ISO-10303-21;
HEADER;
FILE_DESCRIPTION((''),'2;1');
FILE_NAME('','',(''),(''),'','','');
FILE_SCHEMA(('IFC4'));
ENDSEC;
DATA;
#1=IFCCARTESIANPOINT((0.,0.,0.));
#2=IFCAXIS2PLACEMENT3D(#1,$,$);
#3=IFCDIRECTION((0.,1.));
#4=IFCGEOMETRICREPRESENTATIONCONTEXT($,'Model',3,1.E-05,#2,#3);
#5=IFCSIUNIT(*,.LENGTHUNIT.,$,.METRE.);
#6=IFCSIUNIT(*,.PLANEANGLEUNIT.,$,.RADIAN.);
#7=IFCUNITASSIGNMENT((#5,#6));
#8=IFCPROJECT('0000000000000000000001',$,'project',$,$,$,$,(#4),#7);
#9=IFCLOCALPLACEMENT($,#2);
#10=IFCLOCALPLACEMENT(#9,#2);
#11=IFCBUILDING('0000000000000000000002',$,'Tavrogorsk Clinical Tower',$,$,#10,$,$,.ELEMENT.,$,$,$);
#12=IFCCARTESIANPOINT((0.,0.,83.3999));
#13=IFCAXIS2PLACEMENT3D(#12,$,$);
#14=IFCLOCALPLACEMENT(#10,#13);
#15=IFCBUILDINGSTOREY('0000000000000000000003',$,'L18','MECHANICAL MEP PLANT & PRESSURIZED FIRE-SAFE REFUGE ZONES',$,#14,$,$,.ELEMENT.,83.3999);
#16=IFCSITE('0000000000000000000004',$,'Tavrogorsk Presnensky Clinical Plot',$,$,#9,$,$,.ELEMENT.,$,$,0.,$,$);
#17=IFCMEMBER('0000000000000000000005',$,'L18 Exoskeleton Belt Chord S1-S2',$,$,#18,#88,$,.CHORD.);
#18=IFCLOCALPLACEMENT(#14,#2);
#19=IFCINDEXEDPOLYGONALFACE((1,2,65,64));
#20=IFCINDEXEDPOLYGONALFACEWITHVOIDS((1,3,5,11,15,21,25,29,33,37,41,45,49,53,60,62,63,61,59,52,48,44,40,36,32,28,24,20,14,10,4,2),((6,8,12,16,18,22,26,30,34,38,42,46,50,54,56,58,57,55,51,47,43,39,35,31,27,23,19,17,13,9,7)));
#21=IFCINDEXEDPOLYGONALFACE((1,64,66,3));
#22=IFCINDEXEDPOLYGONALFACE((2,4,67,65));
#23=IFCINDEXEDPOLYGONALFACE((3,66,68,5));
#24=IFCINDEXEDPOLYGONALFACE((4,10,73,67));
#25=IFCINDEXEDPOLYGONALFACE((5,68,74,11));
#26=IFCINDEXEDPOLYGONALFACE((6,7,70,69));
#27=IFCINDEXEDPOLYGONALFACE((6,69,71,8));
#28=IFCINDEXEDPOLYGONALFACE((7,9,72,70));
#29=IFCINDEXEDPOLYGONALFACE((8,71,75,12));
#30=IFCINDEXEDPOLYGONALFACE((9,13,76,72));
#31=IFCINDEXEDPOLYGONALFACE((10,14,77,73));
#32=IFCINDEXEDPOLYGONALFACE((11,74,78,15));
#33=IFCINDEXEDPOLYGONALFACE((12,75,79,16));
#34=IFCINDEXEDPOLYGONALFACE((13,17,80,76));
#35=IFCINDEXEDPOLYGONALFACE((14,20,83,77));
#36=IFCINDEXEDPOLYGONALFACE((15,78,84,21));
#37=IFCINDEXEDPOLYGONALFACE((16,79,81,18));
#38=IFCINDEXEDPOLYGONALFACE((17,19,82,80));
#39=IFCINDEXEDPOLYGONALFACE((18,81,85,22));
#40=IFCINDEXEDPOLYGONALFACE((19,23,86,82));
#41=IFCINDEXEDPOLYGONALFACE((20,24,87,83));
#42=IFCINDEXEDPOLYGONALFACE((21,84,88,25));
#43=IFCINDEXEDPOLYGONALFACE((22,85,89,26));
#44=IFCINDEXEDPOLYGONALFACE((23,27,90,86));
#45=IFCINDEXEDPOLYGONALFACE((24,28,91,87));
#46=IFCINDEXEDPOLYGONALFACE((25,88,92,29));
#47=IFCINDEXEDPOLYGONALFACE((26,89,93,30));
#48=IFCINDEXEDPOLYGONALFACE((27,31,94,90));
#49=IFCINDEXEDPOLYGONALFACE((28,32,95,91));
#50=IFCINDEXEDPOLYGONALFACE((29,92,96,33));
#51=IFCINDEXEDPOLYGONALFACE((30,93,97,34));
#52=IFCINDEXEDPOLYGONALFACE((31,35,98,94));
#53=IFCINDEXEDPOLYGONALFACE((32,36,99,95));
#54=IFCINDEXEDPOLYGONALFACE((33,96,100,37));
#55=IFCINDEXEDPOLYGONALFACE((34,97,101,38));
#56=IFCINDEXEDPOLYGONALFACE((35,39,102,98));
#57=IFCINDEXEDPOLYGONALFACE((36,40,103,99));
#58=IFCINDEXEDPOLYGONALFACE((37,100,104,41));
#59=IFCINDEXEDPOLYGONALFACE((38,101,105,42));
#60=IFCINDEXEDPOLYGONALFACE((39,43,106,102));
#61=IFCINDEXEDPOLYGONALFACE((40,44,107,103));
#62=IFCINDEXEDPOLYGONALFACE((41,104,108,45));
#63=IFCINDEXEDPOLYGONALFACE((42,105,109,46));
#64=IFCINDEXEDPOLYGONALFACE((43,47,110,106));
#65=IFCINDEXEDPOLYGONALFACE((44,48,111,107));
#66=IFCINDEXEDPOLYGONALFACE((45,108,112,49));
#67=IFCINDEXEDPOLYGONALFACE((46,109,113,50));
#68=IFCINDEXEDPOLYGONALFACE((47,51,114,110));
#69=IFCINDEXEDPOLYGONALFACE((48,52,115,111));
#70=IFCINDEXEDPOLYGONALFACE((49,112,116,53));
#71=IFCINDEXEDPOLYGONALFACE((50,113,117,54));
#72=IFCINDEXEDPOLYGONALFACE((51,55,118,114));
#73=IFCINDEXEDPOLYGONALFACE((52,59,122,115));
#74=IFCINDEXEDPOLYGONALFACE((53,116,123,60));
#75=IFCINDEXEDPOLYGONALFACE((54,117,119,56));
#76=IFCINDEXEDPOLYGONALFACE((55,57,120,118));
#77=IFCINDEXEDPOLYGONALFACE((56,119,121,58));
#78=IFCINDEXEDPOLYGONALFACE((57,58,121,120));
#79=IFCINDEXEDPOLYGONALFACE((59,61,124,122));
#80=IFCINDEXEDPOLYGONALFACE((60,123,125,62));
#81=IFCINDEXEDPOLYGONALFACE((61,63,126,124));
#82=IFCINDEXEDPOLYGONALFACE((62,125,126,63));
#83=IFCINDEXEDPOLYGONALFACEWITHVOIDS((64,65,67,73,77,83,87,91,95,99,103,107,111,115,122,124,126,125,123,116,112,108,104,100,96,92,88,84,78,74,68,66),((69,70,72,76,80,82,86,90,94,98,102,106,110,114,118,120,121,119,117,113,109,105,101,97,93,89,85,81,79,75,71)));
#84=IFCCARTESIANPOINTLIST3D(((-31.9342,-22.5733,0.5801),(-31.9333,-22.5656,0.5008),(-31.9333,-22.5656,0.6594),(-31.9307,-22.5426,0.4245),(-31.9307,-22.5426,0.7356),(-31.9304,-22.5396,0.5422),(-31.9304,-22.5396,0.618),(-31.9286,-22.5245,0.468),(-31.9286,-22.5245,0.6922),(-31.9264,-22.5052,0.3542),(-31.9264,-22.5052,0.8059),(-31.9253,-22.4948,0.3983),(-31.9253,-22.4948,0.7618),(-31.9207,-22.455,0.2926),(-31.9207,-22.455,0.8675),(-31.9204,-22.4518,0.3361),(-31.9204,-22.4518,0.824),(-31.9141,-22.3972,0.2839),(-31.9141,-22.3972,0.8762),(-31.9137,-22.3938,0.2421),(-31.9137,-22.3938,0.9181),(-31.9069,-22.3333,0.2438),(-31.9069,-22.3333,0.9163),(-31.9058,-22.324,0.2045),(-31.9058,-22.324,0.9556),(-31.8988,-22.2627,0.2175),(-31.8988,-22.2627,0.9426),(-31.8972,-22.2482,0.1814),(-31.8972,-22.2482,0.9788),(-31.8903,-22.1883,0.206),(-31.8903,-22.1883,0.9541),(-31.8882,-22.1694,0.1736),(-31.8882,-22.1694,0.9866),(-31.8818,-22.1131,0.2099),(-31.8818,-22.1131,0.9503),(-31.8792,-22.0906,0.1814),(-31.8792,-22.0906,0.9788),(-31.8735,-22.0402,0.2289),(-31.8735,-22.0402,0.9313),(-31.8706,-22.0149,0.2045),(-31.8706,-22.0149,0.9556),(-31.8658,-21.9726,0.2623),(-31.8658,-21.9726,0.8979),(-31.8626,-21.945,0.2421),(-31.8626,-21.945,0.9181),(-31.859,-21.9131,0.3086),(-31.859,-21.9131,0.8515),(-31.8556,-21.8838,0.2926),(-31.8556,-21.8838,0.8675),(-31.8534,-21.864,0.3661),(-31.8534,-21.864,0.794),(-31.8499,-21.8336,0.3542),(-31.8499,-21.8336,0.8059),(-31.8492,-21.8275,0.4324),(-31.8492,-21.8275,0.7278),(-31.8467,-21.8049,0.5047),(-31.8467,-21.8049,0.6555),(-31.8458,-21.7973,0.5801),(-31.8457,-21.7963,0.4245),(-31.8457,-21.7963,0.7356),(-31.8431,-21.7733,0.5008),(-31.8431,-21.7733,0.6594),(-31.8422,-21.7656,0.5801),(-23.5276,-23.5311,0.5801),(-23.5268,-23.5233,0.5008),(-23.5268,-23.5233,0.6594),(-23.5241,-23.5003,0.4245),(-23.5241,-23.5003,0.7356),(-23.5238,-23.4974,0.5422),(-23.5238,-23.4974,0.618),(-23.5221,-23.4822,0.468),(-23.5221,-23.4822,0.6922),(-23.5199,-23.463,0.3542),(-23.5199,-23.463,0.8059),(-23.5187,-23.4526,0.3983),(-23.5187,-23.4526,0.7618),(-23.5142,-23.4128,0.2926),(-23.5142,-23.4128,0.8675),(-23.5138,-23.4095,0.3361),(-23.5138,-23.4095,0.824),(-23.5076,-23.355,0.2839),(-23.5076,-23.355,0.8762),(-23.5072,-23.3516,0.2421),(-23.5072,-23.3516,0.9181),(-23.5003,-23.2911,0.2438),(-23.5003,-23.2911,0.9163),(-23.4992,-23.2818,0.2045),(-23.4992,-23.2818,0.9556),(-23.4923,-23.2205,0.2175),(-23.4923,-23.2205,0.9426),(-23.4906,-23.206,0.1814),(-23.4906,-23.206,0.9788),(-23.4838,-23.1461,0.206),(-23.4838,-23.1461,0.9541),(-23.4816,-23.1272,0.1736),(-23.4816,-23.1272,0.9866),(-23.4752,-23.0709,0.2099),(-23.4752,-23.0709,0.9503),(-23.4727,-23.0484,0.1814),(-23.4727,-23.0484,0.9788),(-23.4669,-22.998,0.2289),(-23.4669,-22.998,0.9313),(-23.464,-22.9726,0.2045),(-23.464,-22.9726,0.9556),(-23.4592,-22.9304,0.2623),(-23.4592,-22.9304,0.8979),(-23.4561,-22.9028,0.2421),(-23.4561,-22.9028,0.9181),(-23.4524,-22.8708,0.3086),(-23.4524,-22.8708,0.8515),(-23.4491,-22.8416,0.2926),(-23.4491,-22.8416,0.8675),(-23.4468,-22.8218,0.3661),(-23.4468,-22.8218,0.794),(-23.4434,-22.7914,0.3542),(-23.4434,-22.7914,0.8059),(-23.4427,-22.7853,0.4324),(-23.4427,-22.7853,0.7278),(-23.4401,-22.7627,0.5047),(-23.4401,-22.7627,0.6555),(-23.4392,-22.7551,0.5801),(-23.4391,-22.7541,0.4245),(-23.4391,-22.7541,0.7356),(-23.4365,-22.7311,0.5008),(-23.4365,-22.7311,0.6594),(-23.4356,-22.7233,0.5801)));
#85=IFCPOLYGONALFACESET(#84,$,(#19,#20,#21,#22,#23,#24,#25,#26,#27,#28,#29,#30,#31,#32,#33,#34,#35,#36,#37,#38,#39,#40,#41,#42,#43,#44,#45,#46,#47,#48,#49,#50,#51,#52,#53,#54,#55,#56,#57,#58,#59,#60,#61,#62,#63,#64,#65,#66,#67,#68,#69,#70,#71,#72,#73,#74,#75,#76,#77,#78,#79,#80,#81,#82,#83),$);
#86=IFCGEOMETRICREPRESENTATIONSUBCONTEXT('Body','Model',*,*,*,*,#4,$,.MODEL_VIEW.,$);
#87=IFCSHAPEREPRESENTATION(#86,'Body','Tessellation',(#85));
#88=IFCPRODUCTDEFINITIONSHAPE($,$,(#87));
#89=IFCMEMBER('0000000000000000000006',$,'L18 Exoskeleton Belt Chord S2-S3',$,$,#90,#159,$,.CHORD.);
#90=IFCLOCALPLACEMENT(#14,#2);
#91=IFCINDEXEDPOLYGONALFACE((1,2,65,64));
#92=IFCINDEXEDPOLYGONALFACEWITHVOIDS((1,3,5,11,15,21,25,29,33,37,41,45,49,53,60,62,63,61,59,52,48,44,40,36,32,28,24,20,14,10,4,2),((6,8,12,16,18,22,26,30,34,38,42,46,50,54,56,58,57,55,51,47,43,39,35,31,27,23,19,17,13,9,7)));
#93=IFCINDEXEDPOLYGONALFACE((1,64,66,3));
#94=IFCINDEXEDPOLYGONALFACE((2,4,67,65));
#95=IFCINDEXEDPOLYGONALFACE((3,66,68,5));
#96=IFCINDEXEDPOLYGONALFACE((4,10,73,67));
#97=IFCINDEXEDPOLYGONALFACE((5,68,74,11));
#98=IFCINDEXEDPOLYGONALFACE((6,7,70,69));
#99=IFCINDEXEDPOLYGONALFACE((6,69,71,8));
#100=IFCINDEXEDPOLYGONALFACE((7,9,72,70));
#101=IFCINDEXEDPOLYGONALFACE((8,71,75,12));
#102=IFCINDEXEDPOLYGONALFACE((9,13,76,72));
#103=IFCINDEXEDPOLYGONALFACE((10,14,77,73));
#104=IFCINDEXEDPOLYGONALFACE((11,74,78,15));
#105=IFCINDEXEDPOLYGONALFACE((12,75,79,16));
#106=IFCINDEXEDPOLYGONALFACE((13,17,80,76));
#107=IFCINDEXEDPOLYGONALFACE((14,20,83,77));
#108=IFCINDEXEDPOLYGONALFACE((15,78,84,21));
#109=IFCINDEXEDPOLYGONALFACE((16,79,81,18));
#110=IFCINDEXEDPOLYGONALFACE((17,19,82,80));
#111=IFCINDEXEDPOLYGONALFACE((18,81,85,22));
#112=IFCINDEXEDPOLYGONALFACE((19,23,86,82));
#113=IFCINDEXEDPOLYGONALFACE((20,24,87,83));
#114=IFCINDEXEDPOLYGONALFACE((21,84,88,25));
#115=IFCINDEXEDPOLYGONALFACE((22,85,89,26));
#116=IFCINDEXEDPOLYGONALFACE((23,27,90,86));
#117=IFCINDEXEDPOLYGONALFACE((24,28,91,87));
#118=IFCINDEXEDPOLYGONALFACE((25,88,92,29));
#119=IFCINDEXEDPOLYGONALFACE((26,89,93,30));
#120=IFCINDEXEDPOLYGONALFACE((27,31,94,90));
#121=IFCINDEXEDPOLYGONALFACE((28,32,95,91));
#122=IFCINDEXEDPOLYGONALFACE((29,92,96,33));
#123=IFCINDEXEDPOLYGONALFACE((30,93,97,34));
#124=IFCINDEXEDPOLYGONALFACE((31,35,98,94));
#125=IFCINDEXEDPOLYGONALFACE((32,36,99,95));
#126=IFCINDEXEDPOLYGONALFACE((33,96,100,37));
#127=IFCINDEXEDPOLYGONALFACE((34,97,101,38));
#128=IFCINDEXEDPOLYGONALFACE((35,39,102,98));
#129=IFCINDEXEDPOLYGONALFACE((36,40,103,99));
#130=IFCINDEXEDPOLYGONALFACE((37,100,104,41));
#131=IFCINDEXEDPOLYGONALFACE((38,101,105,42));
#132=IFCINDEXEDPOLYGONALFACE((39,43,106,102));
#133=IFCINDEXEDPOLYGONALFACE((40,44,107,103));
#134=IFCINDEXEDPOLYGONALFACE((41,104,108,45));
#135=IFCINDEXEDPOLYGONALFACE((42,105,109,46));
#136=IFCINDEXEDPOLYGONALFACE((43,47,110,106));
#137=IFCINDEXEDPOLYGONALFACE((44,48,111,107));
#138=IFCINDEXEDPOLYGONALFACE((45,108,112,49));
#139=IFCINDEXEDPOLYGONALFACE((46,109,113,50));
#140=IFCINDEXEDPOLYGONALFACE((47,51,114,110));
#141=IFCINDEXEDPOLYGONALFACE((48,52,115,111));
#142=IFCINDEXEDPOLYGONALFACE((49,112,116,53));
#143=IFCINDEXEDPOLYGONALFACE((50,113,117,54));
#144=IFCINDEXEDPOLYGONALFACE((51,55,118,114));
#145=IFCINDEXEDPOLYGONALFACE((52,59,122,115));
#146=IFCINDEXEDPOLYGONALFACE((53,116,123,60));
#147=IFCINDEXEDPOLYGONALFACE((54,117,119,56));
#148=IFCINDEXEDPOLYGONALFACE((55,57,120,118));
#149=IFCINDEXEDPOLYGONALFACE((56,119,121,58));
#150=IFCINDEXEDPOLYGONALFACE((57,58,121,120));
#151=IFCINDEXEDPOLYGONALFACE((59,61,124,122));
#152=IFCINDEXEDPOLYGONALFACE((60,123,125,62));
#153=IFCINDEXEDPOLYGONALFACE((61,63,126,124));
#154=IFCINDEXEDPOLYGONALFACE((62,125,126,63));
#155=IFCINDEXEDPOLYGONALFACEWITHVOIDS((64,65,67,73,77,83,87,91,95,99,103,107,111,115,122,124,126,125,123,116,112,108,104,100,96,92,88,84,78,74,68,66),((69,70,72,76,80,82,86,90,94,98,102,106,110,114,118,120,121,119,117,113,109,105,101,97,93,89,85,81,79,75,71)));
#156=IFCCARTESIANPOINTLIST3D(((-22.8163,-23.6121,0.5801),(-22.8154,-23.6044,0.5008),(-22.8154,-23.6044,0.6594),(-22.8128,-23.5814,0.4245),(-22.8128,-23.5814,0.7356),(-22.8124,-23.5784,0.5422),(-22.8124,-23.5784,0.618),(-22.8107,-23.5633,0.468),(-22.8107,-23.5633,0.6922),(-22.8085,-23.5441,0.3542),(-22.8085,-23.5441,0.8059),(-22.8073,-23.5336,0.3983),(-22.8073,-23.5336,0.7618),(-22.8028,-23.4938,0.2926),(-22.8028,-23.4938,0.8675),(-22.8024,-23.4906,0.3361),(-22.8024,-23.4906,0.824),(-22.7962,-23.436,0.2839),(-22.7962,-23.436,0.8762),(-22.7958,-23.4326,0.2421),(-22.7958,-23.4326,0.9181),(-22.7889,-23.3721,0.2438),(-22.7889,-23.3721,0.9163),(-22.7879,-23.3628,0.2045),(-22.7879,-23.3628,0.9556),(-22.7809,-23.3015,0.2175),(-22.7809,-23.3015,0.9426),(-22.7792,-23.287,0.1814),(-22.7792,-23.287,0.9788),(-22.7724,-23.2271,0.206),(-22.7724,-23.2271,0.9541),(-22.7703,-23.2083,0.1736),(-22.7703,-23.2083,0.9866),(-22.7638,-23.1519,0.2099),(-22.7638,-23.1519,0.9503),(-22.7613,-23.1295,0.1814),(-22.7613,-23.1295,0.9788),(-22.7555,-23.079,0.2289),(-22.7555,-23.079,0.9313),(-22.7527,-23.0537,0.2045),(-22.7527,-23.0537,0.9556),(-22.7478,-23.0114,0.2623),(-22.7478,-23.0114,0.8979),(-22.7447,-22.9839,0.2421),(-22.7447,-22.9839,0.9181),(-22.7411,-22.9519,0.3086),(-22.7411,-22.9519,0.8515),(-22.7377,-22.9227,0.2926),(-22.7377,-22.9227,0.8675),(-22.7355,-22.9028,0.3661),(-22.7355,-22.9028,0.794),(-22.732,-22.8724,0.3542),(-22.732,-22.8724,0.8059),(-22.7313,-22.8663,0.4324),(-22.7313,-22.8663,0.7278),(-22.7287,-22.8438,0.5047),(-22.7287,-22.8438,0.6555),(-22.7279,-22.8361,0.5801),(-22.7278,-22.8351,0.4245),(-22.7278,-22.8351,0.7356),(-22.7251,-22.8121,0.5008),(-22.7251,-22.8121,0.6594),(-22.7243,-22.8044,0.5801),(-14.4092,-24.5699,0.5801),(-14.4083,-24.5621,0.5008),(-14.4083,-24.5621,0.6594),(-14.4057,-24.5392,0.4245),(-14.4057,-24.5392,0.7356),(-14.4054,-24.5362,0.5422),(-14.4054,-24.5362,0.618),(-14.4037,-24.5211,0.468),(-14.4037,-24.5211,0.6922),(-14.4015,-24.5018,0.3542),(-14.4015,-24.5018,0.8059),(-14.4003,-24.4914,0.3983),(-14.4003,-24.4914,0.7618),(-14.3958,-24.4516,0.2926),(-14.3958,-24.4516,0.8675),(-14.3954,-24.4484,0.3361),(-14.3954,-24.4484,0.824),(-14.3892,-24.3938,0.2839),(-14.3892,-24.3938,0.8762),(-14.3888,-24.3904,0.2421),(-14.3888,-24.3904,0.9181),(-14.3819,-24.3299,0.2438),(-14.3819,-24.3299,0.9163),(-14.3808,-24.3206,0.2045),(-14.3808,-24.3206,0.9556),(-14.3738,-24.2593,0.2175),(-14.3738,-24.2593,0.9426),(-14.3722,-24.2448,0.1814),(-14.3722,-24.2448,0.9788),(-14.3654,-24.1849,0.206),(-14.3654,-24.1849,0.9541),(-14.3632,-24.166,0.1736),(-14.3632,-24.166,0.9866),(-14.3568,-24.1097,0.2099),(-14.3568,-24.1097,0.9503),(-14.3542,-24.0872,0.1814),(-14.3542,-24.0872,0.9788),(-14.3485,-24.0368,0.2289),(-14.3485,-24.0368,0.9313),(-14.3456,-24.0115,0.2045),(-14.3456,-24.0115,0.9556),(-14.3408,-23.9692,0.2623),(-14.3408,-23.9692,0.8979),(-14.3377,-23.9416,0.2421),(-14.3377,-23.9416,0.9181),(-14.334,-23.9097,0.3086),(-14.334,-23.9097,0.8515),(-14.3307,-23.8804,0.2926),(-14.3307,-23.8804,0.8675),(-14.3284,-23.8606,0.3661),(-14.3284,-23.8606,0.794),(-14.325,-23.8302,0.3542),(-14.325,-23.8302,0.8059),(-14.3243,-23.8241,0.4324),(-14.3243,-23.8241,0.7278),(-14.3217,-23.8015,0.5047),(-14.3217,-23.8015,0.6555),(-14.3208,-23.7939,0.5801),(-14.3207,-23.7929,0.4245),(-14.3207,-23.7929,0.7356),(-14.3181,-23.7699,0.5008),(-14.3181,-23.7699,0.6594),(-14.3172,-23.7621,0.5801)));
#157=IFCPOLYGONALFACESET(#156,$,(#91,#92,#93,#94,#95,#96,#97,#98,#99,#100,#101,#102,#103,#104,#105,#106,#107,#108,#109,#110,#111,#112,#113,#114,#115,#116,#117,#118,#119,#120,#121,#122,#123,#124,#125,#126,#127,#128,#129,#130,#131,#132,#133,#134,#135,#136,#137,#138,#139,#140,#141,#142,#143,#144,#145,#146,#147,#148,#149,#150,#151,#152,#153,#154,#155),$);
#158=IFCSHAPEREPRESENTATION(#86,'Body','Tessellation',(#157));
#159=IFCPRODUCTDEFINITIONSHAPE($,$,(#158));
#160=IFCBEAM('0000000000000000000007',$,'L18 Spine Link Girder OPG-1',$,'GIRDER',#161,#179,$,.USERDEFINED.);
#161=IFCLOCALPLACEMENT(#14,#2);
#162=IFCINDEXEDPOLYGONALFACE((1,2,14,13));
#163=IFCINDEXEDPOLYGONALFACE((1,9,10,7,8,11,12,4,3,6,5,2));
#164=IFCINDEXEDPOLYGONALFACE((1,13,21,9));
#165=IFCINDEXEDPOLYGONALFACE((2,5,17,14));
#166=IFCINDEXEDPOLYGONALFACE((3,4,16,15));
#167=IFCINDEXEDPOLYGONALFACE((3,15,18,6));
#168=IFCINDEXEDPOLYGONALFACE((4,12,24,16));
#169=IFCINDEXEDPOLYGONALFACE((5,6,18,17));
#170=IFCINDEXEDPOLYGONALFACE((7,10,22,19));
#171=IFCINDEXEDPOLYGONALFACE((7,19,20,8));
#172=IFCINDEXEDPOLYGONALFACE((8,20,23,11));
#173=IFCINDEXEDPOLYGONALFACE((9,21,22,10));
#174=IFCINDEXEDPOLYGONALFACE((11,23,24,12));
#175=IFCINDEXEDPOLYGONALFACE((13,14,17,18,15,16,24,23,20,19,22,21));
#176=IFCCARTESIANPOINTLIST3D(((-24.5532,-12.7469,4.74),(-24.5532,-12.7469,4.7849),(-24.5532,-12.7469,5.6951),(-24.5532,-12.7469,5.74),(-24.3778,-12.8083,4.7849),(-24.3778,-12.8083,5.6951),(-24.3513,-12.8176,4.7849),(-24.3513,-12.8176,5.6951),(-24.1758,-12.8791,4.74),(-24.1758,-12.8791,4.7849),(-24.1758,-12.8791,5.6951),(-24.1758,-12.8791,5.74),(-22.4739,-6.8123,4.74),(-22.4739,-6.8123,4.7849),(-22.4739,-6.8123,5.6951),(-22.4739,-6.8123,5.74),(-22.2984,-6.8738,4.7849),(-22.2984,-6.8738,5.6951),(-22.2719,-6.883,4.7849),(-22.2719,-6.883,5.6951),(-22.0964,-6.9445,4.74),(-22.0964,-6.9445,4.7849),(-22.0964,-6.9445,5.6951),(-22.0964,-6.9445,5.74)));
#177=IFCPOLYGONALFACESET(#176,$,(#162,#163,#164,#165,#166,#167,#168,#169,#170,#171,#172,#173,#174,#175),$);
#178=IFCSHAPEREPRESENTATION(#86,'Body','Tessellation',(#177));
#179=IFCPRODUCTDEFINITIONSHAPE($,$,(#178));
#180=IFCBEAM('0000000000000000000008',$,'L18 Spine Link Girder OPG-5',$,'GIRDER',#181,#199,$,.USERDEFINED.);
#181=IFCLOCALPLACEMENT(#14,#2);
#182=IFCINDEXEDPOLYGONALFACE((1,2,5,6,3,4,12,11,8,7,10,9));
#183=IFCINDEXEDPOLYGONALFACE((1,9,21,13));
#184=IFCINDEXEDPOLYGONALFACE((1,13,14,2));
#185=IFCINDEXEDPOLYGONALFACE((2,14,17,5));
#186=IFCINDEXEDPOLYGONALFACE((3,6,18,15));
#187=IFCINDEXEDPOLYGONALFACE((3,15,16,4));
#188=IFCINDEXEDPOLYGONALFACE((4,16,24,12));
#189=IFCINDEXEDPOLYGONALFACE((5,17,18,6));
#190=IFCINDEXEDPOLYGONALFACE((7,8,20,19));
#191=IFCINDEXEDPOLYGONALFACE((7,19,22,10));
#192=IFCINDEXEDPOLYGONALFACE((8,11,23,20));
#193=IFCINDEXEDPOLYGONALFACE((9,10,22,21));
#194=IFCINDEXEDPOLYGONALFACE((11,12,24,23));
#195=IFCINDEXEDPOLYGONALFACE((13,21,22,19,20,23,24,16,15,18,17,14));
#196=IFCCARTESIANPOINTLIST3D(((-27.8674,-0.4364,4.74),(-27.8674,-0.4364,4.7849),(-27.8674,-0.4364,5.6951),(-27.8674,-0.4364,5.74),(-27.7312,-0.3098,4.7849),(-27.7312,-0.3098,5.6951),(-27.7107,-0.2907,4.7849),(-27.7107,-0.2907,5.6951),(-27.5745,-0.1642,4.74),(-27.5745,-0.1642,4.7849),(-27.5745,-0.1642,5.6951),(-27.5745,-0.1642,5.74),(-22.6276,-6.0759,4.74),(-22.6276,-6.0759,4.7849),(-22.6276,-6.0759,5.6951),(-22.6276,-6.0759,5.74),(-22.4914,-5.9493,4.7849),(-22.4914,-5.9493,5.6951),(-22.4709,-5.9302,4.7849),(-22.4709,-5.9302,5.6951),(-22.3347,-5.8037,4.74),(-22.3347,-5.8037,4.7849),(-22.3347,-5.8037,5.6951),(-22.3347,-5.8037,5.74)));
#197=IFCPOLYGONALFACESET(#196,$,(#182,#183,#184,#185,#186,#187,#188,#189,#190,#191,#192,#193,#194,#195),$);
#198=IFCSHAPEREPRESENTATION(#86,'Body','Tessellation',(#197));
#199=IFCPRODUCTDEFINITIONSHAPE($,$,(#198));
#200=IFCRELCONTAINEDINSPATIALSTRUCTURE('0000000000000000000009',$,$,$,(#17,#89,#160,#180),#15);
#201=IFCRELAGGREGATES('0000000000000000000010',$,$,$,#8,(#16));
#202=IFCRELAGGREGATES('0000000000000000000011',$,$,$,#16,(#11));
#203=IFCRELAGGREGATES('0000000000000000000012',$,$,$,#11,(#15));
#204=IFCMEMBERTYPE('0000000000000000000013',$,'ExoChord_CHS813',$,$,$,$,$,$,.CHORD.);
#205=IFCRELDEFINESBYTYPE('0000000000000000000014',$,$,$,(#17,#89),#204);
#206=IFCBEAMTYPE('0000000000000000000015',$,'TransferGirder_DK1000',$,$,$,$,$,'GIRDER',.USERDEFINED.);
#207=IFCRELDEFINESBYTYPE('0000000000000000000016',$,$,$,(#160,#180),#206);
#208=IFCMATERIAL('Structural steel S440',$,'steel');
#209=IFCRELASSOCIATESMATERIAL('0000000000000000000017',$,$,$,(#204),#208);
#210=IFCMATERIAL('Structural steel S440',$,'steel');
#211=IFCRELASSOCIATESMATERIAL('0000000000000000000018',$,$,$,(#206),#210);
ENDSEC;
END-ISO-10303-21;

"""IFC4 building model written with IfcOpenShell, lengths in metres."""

from ifc_helpers import new_model, si_unit, direction, frame, origin, origin_2d, place, context, subcontext, project, spatial, hollow_circle, i_section, extrude, material, material_profile, profile_set, type_object, element, save


model = new_model("IFC4")

# Units and contexts
model_context = context("Model", 3, precision=1e-05, world=origin(), true_north=direction((0.0, 1.0)))
body_context = subcontext(model_context, "Body", "Model", "MODEL_VIEW")
ifc_project = project(units=[si_unit("LENGTHUNIT", "METRE"), si_unit("PLANEANGLEUNIT", "RADIAN")], contexts=[model_context])

# Site, building, storey
site_placement = place(None, origin())
site = spatial("IfcSite", under=ifc_project, at=site_placement, Name="Tavrogorsk Presnensky Clinical Plot", CompositionType="ELEMENT", RefElevation=0.0)
building_placement = place(site_placement, origin())
building = spatial("IfcBuilding", under=site, at=building_placement, Name="Tavrogorsk Clinical Tower", CompositionType="ELEMENT")
storey_placement = place(building_placement, frame((0.0, 0.0, 83.3999)))
storey = spatial("IfcBuildingStorey", under=building, at=storey_placement, Name="L18", Description="MECHANICAL MEP PLANT & PRESSURIZED FIRE-SAFE REFUGE ZONES", CompositionType="ELEMENT", Elevation=83.3999)

# Members
ifc_material_1 = material(Name="Structural steel S440", Category="steel")
ifc_material_profile_1 = material_profile(ifc_material_1, hollow_circle(Radius=0.4065, WallThickness=0.032, at=origin_2d()), Name="CHS-813x32")
ifc_profile_set_1 = profile_set([ifc_material_profile_1], Name="Structural steel S440")
member_type_1 = type_object("IfcMemberType", Name="ExoChord_CHS813", PredefinedType="CHORD", material=ifc_profile_set_1)
member_1_placement = place(storey_placement, frame((-31.8882, -22.1694, 0.5801), z_axis=(0.993572, -0.113199, 0.0), x_axis=(0.113199, 0.993572, 0.0)))
element("IfcMember", 1, at=member_1_placement, inside=storey, type_object=member_type_1, Name="L18 Exoskeleton Belt Chord S1-S2", PredefinedType="CHORD", context=body_context, shape_type="SweptSolid", body=[
    extrude(hollow_circle(Radius=0.4065, WallThickness=0.032, at=origin_2d()), origin(), (0.0, 0.0, 1.0), 8.4609),
])
member_2_placement = place(storey_placement, frame((-22.7703, -23.2083, 0.5801), z_axis=(0.993573, -0.113193, 0.0), x_axis=(0.113193, 0.993573, 0.0)))
element("IfcMember", 2, at=member_2_placement, inside=storey, type_object=member_type_1, Name="L18 Exoskeleton Belt Chord S2-S3", PredefinedType="CHORD", context=body_context, shape_type="SweptSolid", body=[
    extrude(hollow_circle(Radius=0.4065, WallThickness=0.032, at=origin_2d()), origin(), (0.0, 0.0, 1.0), 8.4614),
])

# Beams
ifc_material_2 = material(Name="Structural steel S440", Category="steel")
ifc_material_profile_2 = material_profile(ifc_material_2, i_section(OverallWidth=0.3999, OverallDepth=1.0, WebThickness=0.0281, FlangeThickness=0.0449, at=origin_2d()), Name="DK-1000x400x28x45")
ifc_profile_set_2 = profile_set([ifc_material_profile_2], Name="Structural steel S440")
beam_type_1 = type_object("IfcBeamType", Name="TransferGirder_DK1000", ElementType="GIRDER", PredefinedType="USERDEFINED", material=ifc_profile_set_2)
beam_1_placement = place(storey_placement, frame((-24.3645, -12.813, 5.24), z_axis=(0.330669, 0.943747, 0.0), x_axis=(-0.943747, 0.330669, 0.0)))
element("IfcBeam", 3, at=beam_1_placement, inside=storey, type_object=beam_type_1, Name="L18 Spine Link Girder OPG-1", ObjectType="GIRDER", PredefinedType="USERDEFINED", context=body_context, shape_type="SweptSolid", body=[
    extrude(i_section(OverallWidth=0.3999, OverallDepth=1.0, WebThickness=0.0281, FlangeThickness=0.0449, at=origin_2d()), origin(), (0.0, 0.0, 1.0), 6.2883),
])
beam_2_placement = place(storey_placement, frame((-27.7209, -0.3003, 5.24), z_axis=(0.680671, -0.732589, 0.0), x_axis=(0.732589, 0.680671, 0.0)))
element("IfcBeam", 4, at=beam_2_placement, inside=storey, type_object=beam_type_1, Name="L18 Spine Link Girder OPG-5", ObjectType="GIRDER", PredefinedType="USERDEFINED", context=body_context, shape_type="SweptSolid", body=[
    extrude(i_section(OverallWidth=0.3999, OverallDepth=1.0, WebThickness=0.0281, FlangeThickness=0.0449, at=origin_2d()), origin(), (0.0, 0.0, 1.0), 7.698),
])

save(model, "model.ifc")
